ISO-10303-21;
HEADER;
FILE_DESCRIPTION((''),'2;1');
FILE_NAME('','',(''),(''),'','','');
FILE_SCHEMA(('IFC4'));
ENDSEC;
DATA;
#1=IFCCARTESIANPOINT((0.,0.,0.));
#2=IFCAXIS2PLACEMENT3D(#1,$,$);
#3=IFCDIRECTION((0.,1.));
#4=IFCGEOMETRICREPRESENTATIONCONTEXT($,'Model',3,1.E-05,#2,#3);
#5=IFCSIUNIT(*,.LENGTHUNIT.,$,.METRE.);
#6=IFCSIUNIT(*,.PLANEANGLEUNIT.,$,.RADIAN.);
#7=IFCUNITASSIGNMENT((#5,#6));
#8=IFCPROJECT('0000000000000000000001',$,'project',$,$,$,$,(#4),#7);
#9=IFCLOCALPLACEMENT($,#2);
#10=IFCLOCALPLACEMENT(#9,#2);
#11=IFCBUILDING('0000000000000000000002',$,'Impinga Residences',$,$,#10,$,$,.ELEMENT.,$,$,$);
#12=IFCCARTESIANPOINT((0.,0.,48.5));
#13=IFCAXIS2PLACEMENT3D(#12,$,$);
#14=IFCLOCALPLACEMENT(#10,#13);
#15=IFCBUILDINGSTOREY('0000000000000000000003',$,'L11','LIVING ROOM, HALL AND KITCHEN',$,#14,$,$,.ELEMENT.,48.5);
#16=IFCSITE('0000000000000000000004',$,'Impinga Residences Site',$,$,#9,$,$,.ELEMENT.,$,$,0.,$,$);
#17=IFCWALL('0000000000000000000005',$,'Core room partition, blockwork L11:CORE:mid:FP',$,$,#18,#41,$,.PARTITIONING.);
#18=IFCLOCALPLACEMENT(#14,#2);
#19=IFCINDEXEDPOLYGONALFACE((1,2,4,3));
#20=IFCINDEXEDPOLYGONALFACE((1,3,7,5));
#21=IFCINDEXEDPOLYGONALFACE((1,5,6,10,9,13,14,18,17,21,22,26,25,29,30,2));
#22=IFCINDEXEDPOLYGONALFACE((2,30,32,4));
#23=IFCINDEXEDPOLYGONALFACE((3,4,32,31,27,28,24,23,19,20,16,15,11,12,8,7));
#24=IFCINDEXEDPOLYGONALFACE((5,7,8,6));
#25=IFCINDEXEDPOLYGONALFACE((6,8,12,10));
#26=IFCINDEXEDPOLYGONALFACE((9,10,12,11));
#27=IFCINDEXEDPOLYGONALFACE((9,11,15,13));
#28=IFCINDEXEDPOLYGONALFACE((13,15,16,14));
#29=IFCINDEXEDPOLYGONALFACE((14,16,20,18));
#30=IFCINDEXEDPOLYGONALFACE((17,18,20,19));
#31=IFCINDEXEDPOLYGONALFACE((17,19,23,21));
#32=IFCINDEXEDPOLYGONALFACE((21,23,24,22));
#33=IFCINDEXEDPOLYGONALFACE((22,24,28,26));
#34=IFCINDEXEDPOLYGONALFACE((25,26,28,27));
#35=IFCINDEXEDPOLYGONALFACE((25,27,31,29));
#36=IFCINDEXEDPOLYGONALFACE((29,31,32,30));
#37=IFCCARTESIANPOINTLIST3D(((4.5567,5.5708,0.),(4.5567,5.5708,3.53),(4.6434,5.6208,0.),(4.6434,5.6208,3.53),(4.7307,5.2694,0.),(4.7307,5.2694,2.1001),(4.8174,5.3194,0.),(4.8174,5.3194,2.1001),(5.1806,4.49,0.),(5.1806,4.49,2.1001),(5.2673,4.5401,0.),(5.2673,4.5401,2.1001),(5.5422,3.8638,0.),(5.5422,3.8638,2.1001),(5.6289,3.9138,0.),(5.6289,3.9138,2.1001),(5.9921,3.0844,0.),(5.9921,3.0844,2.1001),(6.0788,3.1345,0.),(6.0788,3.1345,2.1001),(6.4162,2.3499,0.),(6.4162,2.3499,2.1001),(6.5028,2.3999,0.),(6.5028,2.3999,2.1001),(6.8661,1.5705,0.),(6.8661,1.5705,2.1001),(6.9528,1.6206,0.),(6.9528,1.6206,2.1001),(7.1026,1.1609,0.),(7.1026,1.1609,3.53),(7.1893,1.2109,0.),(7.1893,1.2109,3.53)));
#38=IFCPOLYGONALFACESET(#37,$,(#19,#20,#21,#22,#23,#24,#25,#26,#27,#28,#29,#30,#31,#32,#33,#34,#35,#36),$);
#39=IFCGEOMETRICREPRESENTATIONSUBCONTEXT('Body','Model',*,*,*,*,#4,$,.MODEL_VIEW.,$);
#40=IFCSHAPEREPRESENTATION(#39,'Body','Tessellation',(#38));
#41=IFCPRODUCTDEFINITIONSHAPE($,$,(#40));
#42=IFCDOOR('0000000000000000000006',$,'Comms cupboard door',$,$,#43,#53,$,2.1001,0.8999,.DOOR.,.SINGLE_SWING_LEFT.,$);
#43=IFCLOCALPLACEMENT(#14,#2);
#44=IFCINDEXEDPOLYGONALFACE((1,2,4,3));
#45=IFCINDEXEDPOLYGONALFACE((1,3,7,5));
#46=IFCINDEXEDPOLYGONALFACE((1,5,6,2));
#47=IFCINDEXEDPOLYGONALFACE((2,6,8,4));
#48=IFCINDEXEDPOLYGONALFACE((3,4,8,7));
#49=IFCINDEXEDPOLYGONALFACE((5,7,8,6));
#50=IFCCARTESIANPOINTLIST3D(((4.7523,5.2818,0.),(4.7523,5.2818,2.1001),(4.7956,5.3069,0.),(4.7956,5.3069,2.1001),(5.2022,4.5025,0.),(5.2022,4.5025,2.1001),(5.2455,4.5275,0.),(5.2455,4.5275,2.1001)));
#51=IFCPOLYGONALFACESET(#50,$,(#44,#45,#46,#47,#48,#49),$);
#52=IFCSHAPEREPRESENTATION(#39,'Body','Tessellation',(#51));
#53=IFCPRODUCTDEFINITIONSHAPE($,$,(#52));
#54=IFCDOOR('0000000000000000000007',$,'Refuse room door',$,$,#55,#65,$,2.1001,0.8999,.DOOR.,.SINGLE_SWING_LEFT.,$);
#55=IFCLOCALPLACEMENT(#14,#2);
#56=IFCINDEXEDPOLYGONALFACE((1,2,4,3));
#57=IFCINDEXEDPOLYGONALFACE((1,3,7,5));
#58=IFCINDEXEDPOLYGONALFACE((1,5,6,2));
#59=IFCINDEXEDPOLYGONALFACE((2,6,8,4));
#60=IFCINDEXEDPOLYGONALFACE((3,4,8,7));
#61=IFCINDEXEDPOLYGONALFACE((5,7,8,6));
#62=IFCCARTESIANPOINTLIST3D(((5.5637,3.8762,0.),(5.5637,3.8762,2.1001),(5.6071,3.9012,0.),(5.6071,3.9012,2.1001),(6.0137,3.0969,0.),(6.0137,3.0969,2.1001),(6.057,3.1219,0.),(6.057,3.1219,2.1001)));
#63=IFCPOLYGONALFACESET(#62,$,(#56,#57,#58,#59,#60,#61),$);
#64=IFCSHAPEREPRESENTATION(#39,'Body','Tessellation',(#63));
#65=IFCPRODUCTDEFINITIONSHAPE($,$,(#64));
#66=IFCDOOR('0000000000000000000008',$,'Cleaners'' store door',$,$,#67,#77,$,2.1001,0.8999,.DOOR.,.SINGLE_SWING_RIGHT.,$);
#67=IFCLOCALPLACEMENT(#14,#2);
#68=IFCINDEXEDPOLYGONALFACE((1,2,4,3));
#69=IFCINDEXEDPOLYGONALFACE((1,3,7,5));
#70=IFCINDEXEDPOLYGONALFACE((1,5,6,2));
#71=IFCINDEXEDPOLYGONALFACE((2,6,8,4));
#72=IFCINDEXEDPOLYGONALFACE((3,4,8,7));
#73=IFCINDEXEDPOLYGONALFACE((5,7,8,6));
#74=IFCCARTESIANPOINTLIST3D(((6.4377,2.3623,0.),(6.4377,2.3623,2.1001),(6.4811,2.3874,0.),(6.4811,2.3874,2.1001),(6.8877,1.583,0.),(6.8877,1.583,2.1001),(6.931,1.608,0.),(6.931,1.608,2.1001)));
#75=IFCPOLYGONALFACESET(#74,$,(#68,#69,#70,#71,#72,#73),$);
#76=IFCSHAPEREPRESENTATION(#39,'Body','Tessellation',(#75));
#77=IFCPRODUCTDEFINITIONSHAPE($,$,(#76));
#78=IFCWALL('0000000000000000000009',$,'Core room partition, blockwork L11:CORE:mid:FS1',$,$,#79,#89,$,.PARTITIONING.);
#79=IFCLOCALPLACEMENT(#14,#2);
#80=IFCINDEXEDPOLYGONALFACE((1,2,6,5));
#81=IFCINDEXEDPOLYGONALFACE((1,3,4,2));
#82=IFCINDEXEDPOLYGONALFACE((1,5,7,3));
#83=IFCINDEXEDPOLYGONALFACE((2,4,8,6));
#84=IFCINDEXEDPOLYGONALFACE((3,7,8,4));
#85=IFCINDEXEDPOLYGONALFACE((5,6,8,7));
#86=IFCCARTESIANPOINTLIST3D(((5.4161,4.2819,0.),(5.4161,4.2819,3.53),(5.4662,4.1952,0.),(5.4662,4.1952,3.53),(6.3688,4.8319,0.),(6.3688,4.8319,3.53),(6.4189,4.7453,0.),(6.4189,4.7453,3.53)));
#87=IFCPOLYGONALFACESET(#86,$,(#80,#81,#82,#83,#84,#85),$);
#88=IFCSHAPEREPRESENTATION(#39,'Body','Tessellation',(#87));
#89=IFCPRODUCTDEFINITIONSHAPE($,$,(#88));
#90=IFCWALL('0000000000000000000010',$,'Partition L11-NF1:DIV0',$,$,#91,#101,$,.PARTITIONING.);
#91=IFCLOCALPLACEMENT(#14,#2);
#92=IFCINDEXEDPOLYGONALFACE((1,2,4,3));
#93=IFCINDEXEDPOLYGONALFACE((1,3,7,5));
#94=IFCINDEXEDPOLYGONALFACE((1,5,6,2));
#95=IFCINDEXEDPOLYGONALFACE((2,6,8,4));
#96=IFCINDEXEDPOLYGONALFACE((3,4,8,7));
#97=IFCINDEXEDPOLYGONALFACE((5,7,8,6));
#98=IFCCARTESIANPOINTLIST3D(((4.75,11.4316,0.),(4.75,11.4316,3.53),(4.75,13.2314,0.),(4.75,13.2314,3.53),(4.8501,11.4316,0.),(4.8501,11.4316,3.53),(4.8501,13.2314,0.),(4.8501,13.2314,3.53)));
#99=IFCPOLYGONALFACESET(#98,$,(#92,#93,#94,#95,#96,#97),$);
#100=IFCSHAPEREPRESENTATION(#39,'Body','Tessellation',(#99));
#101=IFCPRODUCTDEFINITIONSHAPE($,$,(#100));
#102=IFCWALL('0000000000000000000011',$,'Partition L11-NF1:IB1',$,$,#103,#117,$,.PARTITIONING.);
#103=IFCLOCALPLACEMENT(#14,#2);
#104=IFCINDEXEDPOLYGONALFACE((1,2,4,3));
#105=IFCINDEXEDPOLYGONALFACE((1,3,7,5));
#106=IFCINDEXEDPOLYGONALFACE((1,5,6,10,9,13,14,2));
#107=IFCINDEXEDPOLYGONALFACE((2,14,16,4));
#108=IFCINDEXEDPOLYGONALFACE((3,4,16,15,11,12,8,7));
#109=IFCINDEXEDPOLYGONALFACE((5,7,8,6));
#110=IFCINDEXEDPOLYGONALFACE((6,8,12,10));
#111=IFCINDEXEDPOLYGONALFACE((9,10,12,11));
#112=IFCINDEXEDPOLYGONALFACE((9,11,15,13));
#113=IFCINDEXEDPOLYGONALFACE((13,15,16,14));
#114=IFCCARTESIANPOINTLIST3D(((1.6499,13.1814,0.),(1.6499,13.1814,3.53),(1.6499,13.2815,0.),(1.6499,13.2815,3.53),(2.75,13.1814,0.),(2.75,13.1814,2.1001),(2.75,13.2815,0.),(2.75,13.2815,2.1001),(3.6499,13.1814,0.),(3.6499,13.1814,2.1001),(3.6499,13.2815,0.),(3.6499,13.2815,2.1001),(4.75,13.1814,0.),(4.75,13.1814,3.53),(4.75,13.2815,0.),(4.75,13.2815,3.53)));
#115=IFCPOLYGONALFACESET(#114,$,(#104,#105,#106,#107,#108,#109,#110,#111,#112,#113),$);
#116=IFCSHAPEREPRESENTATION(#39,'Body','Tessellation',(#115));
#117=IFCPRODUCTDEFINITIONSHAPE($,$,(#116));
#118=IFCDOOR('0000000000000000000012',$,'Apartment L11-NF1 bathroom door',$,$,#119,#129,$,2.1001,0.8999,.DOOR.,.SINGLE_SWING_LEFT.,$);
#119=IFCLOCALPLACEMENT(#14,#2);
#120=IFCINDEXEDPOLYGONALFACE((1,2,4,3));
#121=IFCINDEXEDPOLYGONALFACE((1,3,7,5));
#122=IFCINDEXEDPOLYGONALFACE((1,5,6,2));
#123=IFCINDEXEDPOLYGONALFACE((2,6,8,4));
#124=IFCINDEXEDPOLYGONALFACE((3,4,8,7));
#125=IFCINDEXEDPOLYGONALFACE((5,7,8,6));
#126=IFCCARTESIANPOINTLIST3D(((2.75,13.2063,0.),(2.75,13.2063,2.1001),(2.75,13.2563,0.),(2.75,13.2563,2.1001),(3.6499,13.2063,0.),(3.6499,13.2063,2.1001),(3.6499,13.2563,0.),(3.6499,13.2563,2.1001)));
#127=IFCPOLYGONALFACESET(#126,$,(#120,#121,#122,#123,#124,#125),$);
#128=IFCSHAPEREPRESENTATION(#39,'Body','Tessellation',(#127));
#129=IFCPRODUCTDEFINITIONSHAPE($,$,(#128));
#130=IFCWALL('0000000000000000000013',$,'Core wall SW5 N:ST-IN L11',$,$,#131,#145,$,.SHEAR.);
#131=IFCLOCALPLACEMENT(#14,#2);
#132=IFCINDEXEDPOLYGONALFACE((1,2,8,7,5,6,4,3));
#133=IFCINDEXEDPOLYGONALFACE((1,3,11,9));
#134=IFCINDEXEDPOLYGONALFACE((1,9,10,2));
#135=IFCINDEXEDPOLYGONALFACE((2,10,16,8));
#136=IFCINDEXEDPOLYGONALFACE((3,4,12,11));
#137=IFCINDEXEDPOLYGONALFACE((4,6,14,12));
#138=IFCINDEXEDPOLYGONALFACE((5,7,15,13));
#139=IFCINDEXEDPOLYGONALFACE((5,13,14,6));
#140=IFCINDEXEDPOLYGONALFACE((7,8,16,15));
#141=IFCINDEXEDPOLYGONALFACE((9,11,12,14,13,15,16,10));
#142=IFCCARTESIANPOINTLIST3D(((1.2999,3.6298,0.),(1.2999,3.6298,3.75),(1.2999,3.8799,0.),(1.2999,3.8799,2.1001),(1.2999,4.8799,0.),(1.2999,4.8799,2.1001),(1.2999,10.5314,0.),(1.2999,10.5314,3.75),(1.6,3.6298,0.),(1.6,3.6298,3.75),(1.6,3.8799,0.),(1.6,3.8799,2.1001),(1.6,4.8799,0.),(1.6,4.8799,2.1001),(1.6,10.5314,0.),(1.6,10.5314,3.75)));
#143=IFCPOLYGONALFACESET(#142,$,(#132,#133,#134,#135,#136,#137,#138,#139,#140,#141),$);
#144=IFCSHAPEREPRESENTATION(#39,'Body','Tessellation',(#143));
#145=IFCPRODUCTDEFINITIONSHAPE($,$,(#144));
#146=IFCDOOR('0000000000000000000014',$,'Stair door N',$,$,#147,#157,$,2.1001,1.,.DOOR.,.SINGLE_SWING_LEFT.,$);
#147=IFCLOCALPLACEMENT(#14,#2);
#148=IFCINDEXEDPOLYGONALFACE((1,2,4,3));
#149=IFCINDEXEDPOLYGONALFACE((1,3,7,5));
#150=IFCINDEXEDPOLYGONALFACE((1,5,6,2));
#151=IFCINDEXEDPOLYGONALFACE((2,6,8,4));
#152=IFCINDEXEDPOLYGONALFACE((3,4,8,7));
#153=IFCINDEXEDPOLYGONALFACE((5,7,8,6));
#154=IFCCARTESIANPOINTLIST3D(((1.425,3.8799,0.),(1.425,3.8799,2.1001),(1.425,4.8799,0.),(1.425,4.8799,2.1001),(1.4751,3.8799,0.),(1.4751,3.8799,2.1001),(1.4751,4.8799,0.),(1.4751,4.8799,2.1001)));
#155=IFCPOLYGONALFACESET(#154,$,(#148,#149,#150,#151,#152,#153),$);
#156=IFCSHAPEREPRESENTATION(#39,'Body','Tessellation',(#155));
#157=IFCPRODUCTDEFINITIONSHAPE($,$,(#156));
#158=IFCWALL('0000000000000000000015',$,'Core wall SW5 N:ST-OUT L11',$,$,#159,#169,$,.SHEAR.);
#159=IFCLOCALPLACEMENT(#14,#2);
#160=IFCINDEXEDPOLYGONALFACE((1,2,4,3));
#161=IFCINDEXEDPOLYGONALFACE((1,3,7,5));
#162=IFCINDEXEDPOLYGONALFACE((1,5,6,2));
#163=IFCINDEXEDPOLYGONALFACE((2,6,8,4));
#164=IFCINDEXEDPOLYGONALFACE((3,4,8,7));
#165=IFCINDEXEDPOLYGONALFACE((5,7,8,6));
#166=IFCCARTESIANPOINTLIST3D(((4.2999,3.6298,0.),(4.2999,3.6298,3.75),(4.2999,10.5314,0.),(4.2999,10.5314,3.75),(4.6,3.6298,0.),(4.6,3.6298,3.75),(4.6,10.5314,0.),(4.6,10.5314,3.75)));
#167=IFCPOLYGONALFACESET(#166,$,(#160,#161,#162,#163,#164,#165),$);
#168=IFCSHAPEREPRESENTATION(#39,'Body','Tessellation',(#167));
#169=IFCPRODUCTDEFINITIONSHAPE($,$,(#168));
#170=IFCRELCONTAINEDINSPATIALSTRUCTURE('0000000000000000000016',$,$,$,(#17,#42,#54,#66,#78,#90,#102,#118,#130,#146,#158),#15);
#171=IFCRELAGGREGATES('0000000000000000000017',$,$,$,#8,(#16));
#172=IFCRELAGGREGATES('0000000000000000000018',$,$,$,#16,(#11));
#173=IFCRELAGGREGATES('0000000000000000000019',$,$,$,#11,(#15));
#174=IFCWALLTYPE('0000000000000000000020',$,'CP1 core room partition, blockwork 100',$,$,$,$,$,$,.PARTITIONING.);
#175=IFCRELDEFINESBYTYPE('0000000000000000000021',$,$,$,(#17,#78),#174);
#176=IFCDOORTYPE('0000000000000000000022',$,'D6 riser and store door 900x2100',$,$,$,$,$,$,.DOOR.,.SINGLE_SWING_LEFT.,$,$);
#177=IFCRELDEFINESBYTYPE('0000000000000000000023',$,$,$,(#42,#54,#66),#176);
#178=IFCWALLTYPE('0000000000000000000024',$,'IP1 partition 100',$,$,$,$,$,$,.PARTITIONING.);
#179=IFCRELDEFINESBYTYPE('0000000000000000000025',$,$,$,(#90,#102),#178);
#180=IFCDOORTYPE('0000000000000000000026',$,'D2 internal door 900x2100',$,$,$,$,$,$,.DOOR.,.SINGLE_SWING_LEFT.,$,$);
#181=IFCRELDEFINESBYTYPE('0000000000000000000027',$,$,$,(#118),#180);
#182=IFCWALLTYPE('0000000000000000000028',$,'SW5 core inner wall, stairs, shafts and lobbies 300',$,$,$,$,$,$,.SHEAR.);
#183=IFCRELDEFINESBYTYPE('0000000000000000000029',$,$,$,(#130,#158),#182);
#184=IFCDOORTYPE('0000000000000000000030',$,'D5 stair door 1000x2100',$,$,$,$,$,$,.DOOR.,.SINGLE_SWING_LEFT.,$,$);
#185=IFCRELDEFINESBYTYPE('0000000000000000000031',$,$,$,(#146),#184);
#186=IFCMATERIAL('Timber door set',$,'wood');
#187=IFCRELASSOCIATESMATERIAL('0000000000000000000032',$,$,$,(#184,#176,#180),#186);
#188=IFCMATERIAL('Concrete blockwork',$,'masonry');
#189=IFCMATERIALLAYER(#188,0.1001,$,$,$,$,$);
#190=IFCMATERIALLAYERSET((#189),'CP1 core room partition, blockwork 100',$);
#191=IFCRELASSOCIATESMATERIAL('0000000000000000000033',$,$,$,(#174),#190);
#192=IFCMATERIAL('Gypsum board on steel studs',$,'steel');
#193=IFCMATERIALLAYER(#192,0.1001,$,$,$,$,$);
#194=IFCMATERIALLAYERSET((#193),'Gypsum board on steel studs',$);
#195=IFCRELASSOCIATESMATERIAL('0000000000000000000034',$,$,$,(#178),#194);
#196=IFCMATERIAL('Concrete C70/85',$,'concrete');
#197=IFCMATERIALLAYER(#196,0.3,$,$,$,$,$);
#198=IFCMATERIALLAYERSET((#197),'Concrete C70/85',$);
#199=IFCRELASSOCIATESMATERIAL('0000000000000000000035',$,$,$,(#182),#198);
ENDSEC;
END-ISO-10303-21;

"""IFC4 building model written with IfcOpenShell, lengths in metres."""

from ifc_helpers import new_model, si_unit, direction, frame, frame_2d, origin, place, context, subcontext, project, spatial, rectangle, extrude, material, layer, layer_set, type_object, element, fill, save


model = new_model("IFC4")

# Units and contexts
model_context = context("Model", 3, precision=1e-05, world=origin(), true_north=direction((0.0, 1.0)))
body_context = subcontext(model_context, "Body", "Model", "MODEL_VIEW")
ifc_project = project(units=[si_unit("LENGTHUNIT", "METRE"), si_unit("PLANEANGLEUNIT", "RADIAN")], contexts=[model_context])

# Site, building, storey
site_placement = place(None, origin())
site = spatial("IfcSite", under=ifc_project, at=site_placement, Name="Impinga Residences Site", CompositionType="ELEMENT", RefElevation=0.0)
building_placement = place(site_placement, origin())
building = spatial("IfcBuilding", under=site, at=building_placement, Name="Impinga Residences", CompositionType="ELEMENT")
storey_placement = place(building_placement, frame((0.0, 0.0, 48.5)))
storey = spatial("IfcBuildingStorey", under=building, at=storey_placement, Name="L11", Description="LIVING ROOM, HALL AND KITCHEN", CompositionType="ELEMENT", Elevation=48.5)

# Wall, openings, doors
ifc_material_1 = material(Name="Concrete C70/85", Category="concrete")
ifc_material_2 = material(Name="Timber door set", Category="wood")
door_type_1 = type_object("IfcDoorType", Name="D5 stair door 1000x2100", OperationType="SINGLE_SWING_LEFT", PredefinedType="DOOR", material=ifc_material_2)
ifc_material_3 = material(Name="Concrete blockwork", Category="masonry")
ifc_layer_1 = layer(ifc_material_3, 0.1001)
ifc_layer_set_1 = layer_set([ifc_layer_1], Name="CP1 core room partition, blockwork 100")
wall_type_1 = type_object("IfcWallType", Name="CP1 core room partition, blockwork 100", PredefinedType="PARTITIONING", material=ifc_layer_set_1)
wall_1_placement = place(storey_placement, frame((4.6001, 5.5957, 0.0), z_axis=(0.0, 0.0, 1.0), x_axis=(0.499976, -0.866039, 0.0)))
wall_1 = element("IfcWall", 1, at=wall_1_placement, inside=storey, type_object=wall_type_1, Name="Core room partition, blockwork L11:CORE:mid:FP", PredefinedType="PARTITIONING", context=body_context, shape_type="SweptSolid", body=[
    extrude(rectangle(XDim=5.092, YDim=0.1001, at=frame_2d((2.5459, 0.0))), origin(), (0.0, 0.0, 1.0), 3.53),
])
opening_1_placement = place(wall_1_placement, frame((0.3479, 0.0, 0.0)))
opening_1 = element("IfcOpeningElement", 2, at=opening_1_placement, cuts=wall_1, PredefinedType="OPENING", context=body_context, shape_type="SweptSolid", body=[
    extrude(rectangle(XDim=0.8999, YDim=2.1001, at=frame_2d((0.45, 1.05))), frame((0.0, 0.0601, 0.0), z_axis=(0.0, -1.0, 0.0), x_axis=(1.0, 0.0, 0.0)), (0.0, 0.0, 1.0), 0.1201),
])
opening_2_placement = place(wall_1_placement, frame((1.9709, 0.0, 0.0)))
opening_2 = element("IfcOpeningElement", 3, at=opening_2_placement, cuts=wall_1, PredefinedType="OPENING", context=body_context, shape_type="SweptSolid", body=[
    extrude(rectangle(XDim=0.8999, YDim=2.1001, at=frame_2d((0.45, 1.05))), frame((0.0, 0.0601, 0.0), z_axis=(0.0, -1.0, 0.0), x_axis=(1.0, 0.0, 0.0)), (0.0, 0.0, 1.0), 0.1201),
])
opening_3_placement = place(wall_1_placement, frame((3.719, 0.0, 0.0)))
opening_3 = element("IfcOpeningElement", 4, at=opening_3_placement, cuts=wall_1, PredefinedType="OPENING", context=body_context, shape_type="SweptSolid", body=[
    extrude(rectangle(XDim=0.8999, YDim=2.1001, at=frame_2d((0.45, 1.05))), frame((0.0, 0.0601, 0.0), z_axis=(0.0, -1.0, 0.0), x_axis=(1.0, 0.0, 0.0)), (0.0, 0.0, 1.0), 0.1201),
])
door_type_2 = type_object("IfcDoorType", Name="D6 riser and store door 900x2100", OperationType="SINGLE_SWING_LEFT", PredefinedType="DOOR", material=ifc_material_2)
door_1_placement = place(opening_1_placement, origin())
door_1 = element("IfcDoor", 5, at=door_1_placement, inside=storey, type_object=door_type_2, Name="Comms cupboard door", OperationType="SINGLE_SWING_LEFT", OverallHeight=2.1001, OverallWidth=0.8999, PredefinedType="DOOR", context=body_context, shape_type="SweptSolid", body=[
    extrude(rectangle(XDim=0.8999, YDim=2.1001, at=frame_2d((0.45, 1.05))), frame((0.0, 0.0249, 0.0), z_axis=(0.0, -1.0, 0.0), x_axis=(1.0, 0.0, 0.0)), (0.0, 0.0, 1.0), 0.05),
])
fill(opening_1, door_1)
door_2_placement = place(opening_2_placement, origin())
door_2 = element("IfcDoor", 6, at=door_2_placement, inside=storey, type_object=door_type_2, Name="Refuse room door", OperationType="SINGLE_SWING_LEFT", OverallHeight=2.1001, OverallWidth=0.8999, PredefinedType="DOOR", context=body_context, shape_type="SweptSolid", body=[
    extrude(rectangle(XDim=0.8999, YDim=2.1001, at=frame_2d((0.45, 1.05))), frame((0.0, 0.0249, 0.0), z_axis=(0.0, -1.0, 0.0), x_axis=(1.0, 0.0, 0.0)), (0.0, 0.0, 1.0), 0.05),
])
fill(opening_2, door_2)
door_3_placement = place(opening_3_placement, origin())
door_3 = element("IfcDoor", 7, at=door_3_placement, inside=storey, type_object=door_type_2, Name="Cleaners' store door", OperationType="SINGLE_SWING_RIGHT", OverallHeight=2.1001, OverallWidth=0.8999, PredefinedType="DOOR", context=body_context, shape_type="SweptSolid", body=[
    extrude(rectangle(XDim=0.8999, YDim=2.1001, at=frame_2d((0.45, 1.05))), frame((0.0, 0.0249, 0.0), z_axis=(0.0, -1.0, 0.0), x_axis=(1.0, 0.0, 0.0)), (0.0, 0.0, 1.0), 0.05),
])
fill(opening_3, door_3)

# Walls
wall_2_placement = place(storey_placement, frame((5.4412, 4.2385, 0.0), z_axis=(0.0, 0.0, 1.0), x_axis=(0.866008, 0.50003, 0.0)))
element("IfcWall", 8, at=wall_2_placement, inside=storey, type_object=wall_type_1, Name="Core room partition, blockwork L11:CORE:mid:FS1", PredefinedType="PARTITIONING", context=body_context, shape_type="SweptSolid", body=[
    extrude(rectangle(XDim=1.1001, YDim=0.1001, at=frame_2d((0.55, 0.0))), origin(), (0.0, 0.0, 1.0), 3.53),
])
ifc_material_4 = material(Name="Gypsum board on steel studs", Category="steel")
ifc_layer_2 = layer(ifc_material_4, 0.1001)
ifc_layer_set_2 = layer_set([ifc_layer_2], Name="Gypsum board on steel studs")
wall_type_2 = type_object("IfcWallType", Name="IP1 partition 100", PredefinedType="PARTITIONING", material=ifc_layer_set_2)
wall_3_placement = place(storey_placement, frame((4.8, 11.4316, 0.0), z_axis=(0.0, 0.0, 1.0), x_axis=(0.0, 1.0, 0.0)))
element("IfcWall", 9, at=wall_3_placement, inside=storey, type_object=wall_type_2, Name="Partition L11-NF1:DIV0", PredefinedType="PARTITIONING", context=body_context, shape_type="SweptSolid", body=[
    extrude(rectangle(XDim=1.7998, YDim=0.1001, at=frame_2d((0.8999, 0.0))), origin(), (0.0, 0.0, 1.0), 3.53),
])

# Walls, openings, doors
wall_4_placement = place(storey_placement, frame((1.6499, 13.2314, 0.0), z_axis=(0.0, 0.0, 1.0), x_axis=(1.0, 0.0, 0.0)))
wall_4 = element("IfcWall", 10, at=wall_4_placement, inside=storey, type_object=wall_type_2, Name="Partition L11-NF1:IB1", PredefinedType="PARTITIONING", context=body_context, shape_type="SweptSolid", body=[
    extrude(rectangle(XDim=3.1001, YDim=0.1001, at=frame_2d((1.55, 0.0))), origin(), (0.0, 0.0, 1.0), 3.53),
])
opening_4_placement = place(wall_4_placement, frame((1.1001, 0.0, 0.0)))
opening_4 = element("IfcOpeningElement", 11, at=opening_4_placement, cuts=wall_4, PredefinedType="OPENING", context=body_context, shape_type="SweptSolid", body=[
    extrude(rectangle(XDim=0.8999, YDim=2.1001, at=frame_2d((0.45, 1.05))), frame((0.0, 0.0601, 0.0), z_axis=(0.0, -1.0, 0.0), x_axis=(1.0, 0.0, 0.0)), (0.0, 0.0, 1.0), 0.1201),
])
door_type_3 = type_object("IfcDoorType", Name="D2 internal door 900x2100", OperationType="SINGLE_SWING_LEFT", PredefinedType="DOOR", material=ifc_material_2)
door_4_placement = place(opening_4_placement, origin())
door_4 = element("IfcDoor", 12, at=door_4_placement, inside=storey, type_object=door_type_3, Name="Apartment L11-NF1 bathroom door", OperationType="SINGLE_SWING_LEFT", OverallHeight=2.1001, OverallWidth=0.8999, PredefinedType="DOOR", context=body_context, shape_type="SweptSolid", body=[
    extrude(rectangle(XDim=0.8999, YDim=2.1001, at=frame_2d((0.45, 1.05))), frame((0.0, 0.0249, 0.0), z_axis=(0.0, -1.0, 0.0), x_axis=(1.0, 0.0, 0.0)), (0.0, 0.0, 1.0), 0.05),
])
fill(opening_4, door_4)
ifc_layer_3 = layer(ifc_material_1, 0.3)
ifc_layer_set_3 = layer_set([ifc_layer_3], Name="Concrete C70/85")
wall_type_3 = type_object("IfcWallType", Name="SW5 core inner wall, stairs, shafts and lobbies 300", PredefinedType="SHEAR", material=ifc_layer_set_3)
wall_5_placement = place(storey_placement, frame((1.45, 3.6299, 0.0), z_axis=(0.0, 0.0, 1.0), x_axis=(0.0, 1.0, 0.0)))
wall_5 = element("IfcWall", 13, at=wall_5_placement, inside=storey, type_object=wall_type_3, Name="Core wall SW5 N:ST-IN L11", PredefinedType="SHEAR", context=body_context, shape_type="SweptSolid", body=[
    extrude(rectangle(XDim=6.9016, YDim=0.3, at=frame_2d((3.4507, 0.0))), origin(), (0.0, 0.0, 1.0), 3.75),
])
opening_5_placement = place(wall_5_placement, frame((0.25, 0.0, 0.0)))
opening_5 = element("IfcOpeningElement", 14, at=opening_5_placement, cuts=wall_5, PredefinedType="OPENING", context=body_context, shape_type="SweptSolid", body=[
    extrude(rectangle(XDim=1.0, YDim=2.1001, at=frame_2d((0.5, 1.05))), frame((0.0, 0.1599, 0.0), z_axis=(0.0, -1.0, 0.0), x_axis=(1.0, 0.0, 0.0)), (0.0, 0.0, 1.0), 0.3201),
])
door_5_placement = place(opening_5_placement, origin())
door_5 = element("IfcDoor", 15, at=door_5_placement, inside=storey, type_object=door_type_1, Name="Stair door N", OperationType="SINGLE_SWING_LEFT", OverallHeight=2.1001, OverallWidth=1.0, PredefinedType="DOOR", context=body_context, shape_type="SweptSolid", body=[
    extrude(rectangle(XDim=1.0, YDim=2.1001, at=frame_2d((0.5, 1.05))), frame((0.0, 0.0249, 0.0), z_axis=(0.0, -1.0, 0.0), x_axis=(1.0, 0.0, 0.0)), (0.0, 0.0, 1.0), 0.05),
])
fill(opening_5, door_5)

# Wall
wall_6_placement = place(storey_placement, frame((4.45, 3.6299, 0.0), z_axis=(0.0, 0.0, 1.0), x_axis=(0.0, 1.0, 0.0)))
element("IfcWall", 16, at=wall_6_placement, inside=storey, type_object=wall_type_3, Name="Core wall SW5 N:ST-OUT L11", PredefinedType="SHEAR", context=body_context, shape_type="SweptSolid", body=[
    extrude(rectangle(XDim=6.9016, YDim=0.3, at=frame_2d((3.4507, 0.0))), origin(), (0.0, 0.0, 1.0), 3.75),
])

save(model, "model.ifc")
